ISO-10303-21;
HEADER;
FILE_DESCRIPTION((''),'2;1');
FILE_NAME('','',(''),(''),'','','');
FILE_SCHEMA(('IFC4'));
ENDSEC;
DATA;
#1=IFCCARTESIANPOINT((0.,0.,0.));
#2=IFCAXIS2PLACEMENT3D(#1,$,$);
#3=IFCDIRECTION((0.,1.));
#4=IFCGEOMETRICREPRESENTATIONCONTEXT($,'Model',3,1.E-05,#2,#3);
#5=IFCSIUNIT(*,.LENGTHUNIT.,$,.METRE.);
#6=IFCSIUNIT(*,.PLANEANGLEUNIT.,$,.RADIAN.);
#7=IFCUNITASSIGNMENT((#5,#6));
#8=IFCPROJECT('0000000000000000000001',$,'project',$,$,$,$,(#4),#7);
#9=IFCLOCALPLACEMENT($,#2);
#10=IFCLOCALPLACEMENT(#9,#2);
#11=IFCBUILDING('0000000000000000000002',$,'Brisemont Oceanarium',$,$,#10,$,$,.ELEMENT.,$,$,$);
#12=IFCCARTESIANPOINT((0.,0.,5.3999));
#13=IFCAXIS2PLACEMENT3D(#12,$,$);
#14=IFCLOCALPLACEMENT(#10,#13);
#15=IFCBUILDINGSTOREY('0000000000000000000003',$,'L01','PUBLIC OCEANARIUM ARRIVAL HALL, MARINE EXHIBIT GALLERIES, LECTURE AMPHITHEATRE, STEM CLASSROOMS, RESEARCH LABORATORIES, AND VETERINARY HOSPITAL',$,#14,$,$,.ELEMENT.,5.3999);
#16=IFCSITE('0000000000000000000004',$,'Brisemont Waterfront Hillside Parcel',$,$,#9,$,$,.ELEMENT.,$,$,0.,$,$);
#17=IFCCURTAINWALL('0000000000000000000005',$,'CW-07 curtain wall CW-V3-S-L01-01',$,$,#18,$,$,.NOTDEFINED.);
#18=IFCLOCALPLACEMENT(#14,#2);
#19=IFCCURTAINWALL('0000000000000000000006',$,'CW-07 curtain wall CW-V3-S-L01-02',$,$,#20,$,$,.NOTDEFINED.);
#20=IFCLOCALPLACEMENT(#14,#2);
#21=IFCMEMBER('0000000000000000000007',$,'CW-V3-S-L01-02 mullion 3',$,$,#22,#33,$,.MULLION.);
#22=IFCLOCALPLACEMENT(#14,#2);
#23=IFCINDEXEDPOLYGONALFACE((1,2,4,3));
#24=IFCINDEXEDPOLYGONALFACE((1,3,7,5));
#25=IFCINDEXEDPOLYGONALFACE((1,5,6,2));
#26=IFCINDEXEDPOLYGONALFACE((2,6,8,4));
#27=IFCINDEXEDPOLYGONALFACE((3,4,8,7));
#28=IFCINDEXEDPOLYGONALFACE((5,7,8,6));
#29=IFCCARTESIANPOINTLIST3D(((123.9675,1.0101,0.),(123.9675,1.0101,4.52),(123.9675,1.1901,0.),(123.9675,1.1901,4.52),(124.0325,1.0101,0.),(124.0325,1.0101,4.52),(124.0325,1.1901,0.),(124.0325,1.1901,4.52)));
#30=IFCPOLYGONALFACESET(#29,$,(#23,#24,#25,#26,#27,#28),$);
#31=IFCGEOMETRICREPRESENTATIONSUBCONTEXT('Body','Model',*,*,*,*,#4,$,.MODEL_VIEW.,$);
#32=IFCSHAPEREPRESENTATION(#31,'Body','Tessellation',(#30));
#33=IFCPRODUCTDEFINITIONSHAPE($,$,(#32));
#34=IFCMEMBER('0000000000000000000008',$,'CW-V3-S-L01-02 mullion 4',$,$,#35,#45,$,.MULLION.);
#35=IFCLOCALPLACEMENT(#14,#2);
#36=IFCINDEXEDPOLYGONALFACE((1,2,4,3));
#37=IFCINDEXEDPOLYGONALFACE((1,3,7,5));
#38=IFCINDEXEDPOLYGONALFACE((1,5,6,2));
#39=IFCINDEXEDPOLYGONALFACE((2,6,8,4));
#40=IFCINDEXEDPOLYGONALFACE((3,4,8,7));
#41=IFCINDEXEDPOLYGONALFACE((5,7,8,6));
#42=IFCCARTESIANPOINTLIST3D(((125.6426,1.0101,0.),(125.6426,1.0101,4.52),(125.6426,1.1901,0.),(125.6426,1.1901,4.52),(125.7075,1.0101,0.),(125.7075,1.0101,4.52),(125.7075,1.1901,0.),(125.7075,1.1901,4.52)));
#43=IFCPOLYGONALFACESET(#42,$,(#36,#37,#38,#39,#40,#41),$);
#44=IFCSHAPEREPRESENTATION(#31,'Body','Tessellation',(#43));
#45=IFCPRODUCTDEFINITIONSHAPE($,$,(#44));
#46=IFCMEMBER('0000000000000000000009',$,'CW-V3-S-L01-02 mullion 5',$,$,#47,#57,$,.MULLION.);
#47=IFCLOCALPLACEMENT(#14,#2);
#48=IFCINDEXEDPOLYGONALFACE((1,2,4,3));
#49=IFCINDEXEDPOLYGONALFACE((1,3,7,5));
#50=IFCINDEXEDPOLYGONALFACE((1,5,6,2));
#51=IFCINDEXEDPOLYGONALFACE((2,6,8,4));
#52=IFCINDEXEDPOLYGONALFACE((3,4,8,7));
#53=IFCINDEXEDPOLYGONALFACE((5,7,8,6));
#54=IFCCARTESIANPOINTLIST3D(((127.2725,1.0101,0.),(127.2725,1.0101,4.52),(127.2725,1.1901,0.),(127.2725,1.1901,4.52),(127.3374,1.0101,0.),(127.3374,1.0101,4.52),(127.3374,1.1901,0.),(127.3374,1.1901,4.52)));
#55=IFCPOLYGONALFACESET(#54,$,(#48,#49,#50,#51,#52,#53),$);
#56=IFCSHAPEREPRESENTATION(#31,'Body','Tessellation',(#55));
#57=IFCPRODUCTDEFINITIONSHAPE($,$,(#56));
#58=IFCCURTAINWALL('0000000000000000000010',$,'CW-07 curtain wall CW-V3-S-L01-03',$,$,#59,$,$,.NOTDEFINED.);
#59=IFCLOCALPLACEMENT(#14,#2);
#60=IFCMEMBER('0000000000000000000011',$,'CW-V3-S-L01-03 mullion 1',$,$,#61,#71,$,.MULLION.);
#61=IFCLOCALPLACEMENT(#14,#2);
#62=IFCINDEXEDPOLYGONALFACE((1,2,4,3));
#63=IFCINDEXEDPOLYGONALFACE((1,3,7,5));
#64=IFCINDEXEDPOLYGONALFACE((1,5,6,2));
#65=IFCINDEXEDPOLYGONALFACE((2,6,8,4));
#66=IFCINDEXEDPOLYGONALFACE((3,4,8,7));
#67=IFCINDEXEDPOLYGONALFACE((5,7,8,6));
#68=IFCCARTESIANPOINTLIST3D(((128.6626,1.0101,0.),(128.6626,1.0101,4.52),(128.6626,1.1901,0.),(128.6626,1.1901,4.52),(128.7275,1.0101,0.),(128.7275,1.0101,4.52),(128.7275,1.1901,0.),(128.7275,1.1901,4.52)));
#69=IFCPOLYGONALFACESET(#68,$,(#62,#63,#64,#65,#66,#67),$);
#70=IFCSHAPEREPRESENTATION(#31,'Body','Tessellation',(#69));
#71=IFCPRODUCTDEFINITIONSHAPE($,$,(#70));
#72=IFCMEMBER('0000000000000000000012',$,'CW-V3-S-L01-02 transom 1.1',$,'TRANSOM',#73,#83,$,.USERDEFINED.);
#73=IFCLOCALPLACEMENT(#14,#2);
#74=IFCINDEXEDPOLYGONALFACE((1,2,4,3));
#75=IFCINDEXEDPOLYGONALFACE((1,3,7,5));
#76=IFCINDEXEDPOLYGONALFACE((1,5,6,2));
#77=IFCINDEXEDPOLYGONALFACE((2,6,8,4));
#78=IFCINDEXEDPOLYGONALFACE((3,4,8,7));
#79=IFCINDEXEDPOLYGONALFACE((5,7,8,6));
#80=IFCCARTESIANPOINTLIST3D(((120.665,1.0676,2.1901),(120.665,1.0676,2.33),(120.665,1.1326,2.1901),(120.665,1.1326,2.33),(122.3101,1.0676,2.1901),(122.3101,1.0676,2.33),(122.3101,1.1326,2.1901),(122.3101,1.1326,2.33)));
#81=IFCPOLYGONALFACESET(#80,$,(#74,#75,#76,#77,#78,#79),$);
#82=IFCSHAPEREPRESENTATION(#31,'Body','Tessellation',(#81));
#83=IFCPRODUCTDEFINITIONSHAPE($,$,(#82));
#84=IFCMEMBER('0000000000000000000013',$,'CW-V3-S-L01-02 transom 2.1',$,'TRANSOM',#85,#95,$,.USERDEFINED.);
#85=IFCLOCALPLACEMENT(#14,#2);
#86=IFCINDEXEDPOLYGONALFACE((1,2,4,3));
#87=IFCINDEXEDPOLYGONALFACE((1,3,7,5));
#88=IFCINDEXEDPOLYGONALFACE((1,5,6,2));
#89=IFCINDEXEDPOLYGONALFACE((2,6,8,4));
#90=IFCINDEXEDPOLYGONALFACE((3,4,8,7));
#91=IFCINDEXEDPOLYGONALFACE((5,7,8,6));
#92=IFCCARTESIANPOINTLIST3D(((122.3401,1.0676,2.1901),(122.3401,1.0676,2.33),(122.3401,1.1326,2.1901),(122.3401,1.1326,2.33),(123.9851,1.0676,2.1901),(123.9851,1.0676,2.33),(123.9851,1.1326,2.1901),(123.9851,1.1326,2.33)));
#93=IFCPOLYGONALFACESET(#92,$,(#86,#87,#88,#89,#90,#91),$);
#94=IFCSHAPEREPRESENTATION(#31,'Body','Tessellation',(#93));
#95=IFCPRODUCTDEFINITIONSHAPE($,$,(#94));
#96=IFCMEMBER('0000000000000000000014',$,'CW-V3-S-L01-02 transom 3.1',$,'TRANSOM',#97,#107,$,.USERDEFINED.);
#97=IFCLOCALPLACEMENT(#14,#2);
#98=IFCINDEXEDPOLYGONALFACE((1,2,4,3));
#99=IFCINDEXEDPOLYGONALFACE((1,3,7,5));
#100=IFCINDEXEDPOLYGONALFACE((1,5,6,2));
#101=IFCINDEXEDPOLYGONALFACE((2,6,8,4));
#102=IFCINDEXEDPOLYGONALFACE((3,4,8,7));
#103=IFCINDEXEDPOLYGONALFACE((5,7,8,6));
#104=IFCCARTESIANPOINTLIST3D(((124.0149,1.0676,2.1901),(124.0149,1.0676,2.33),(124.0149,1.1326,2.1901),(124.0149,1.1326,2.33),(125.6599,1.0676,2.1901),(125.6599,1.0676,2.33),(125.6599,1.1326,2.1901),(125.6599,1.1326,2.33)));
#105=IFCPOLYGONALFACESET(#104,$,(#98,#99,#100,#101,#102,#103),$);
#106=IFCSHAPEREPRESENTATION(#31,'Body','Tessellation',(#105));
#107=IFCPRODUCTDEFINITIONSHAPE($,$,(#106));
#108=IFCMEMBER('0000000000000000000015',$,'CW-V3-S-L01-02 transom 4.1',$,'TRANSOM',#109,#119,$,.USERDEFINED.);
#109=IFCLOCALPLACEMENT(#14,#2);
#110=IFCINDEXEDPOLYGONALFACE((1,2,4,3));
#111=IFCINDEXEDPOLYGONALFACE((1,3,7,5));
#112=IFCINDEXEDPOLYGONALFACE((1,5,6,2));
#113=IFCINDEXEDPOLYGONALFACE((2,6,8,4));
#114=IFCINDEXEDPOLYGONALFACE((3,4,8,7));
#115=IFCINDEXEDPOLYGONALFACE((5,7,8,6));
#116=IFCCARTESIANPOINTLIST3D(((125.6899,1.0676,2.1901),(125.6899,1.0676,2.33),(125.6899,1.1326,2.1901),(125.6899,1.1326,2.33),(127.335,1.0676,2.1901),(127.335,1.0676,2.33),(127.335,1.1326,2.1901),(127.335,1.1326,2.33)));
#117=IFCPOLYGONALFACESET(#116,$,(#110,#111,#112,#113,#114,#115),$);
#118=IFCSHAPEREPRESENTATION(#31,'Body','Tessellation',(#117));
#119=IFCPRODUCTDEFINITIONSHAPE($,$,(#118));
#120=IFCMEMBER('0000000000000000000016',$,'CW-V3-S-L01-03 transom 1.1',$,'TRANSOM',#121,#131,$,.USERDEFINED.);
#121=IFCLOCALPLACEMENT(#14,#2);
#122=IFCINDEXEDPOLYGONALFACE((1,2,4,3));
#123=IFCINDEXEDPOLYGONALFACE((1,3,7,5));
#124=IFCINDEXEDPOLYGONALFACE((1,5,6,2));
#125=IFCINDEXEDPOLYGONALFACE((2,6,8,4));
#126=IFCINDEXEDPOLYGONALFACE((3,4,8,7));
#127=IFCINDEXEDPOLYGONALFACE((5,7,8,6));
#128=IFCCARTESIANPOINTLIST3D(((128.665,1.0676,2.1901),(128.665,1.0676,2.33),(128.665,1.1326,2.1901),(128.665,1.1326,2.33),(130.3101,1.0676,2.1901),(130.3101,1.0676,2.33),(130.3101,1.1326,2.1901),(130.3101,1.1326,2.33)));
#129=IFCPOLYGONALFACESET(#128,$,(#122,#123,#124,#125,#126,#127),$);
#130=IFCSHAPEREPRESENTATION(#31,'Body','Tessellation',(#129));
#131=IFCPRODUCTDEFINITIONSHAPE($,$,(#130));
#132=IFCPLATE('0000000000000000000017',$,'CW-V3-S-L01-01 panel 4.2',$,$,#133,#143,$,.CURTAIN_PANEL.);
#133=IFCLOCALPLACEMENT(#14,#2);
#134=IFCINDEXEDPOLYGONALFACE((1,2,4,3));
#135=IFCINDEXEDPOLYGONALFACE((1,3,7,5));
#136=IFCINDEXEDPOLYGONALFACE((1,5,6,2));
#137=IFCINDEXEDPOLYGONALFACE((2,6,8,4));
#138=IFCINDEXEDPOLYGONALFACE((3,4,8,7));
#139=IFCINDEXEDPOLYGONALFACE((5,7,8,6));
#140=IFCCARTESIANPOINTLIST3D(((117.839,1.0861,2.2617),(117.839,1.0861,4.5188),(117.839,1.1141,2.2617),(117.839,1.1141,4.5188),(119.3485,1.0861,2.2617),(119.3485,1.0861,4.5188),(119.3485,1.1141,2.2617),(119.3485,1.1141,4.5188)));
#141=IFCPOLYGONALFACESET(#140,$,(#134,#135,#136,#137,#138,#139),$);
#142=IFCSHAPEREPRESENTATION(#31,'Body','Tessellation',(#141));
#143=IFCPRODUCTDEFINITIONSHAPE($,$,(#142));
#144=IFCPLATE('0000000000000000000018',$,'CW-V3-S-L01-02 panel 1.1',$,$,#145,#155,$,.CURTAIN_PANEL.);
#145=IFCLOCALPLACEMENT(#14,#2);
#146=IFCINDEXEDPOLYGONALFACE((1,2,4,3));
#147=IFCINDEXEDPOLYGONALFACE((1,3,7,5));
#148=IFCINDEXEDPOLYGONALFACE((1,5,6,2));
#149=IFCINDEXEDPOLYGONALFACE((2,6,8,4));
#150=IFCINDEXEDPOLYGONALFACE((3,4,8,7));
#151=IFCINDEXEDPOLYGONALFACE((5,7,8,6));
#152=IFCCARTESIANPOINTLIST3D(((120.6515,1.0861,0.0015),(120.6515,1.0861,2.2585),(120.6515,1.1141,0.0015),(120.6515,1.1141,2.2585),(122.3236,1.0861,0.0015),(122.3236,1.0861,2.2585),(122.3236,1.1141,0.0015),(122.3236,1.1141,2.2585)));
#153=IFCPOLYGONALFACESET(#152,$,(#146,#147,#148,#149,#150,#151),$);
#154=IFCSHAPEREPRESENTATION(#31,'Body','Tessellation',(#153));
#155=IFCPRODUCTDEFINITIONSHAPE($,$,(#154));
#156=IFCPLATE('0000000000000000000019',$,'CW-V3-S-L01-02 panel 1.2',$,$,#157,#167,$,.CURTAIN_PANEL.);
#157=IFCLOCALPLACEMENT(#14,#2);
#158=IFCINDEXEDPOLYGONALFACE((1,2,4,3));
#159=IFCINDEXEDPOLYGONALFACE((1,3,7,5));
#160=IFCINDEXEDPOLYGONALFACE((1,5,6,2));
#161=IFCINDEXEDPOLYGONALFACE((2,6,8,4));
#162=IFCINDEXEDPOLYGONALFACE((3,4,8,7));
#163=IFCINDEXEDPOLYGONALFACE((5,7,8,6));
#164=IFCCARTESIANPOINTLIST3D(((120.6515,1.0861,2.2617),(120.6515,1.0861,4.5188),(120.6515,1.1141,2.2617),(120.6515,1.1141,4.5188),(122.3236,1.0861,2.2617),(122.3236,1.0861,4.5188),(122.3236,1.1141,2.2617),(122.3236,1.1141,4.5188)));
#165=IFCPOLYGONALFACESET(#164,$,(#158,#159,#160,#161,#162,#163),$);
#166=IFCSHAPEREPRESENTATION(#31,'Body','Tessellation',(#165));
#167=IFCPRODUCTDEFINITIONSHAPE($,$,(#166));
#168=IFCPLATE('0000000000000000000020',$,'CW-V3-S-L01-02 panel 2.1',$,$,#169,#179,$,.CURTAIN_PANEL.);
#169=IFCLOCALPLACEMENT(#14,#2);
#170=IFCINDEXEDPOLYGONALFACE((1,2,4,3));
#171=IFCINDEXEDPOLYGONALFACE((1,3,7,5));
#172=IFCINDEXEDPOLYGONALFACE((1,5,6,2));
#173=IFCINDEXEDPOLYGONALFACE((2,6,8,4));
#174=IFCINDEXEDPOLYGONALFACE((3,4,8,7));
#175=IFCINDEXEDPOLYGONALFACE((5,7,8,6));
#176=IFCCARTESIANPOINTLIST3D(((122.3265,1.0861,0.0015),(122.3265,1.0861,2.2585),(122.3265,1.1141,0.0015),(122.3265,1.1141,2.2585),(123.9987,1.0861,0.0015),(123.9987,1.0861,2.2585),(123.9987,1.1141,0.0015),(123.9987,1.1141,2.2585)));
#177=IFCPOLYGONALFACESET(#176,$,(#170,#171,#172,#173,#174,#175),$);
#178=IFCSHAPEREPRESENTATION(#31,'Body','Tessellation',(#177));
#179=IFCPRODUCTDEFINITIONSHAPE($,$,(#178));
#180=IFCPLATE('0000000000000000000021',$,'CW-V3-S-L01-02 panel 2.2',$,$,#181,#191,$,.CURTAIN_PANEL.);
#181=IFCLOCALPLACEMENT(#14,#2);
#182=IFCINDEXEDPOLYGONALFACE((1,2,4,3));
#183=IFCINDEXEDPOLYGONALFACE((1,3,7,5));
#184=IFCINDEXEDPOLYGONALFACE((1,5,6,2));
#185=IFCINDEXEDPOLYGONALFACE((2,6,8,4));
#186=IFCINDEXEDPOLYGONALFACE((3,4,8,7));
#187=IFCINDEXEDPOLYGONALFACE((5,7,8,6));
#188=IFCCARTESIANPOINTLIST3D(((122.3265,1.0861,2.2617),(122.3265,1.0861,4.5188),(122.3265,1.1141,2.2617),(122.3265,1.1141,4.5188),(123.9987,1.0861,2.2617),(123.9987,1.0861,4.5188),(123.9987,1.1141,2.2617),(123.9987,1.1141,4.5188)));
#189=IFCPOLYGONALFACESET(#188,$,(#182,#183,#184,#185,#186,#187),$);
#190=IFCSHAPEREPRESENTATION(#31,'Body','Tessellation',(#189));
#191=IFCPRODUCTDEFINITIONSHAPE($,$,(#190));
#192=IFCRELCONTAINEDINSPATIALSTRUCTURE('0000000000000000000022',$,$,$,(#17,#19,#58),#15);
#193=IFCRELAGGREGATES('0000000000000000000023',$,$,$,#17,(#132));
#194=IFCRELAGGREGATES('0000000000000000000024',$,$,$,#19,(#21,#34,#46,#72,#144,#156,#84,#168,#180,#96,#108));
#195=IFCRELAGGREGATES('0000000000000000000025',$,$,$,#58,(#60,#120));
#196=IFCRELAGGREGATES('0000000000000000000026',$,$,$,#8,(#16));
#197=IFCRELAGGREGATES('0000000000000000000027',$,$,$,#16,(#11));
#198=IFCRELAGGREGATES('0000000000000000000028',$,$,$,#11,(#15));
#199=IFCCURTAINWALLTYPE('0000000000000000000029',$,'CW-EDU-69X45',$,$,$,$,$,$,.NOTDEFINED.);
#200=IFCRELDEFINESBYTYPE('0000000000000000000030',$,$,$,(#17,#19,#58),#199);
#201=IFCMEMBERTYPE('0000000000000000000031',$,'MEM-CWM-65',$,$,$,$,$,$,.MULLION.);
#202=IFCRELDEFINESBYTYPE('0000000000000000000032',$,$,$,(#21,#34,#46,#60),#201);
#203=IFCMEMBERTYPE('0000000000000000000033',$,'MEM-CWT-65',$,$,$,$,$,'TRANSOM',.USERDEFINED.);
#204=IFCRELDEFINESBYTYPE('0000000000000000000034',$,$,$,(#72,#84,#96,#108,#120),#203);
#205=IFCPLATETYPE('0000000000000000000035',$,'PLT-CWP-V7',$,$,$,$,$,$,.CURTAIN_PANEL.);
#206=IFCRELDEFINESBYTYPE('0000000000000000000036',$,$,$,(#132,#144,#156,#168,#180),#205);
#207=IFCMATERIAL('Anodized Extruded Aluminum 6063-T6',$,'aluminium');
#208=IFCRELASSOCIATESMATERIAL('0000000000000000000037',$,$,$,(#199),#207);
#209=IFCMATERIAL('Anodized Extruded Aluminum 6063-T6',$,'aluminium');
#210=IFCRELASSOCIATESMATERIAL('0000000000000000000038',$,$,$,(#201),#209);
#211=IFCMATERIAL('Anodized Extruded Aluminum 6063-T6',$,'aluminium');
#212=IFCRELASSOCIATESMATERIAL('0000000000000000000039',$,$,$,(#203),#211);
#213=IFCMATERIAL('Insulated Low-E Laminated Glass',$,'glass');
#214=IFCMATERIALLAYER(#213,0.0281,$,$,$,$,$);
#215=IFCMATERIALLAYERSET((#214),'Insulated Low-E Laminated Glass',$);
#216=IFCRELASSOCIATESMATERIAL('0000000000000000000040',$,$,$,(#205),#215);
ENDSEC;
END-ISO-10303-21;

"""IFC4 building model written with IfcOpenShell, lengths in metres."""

from ifc_helpers import new_model, si_unit, direction, frame, origin, origin_2d, place, context, subcontext, project, spatial, rectangle, extrude, material, layer, layer_set, material_profile, profile_set, type_object, element, aggregate, save


model = new_model("IFC4")

# Units and contexts
model_context = context("Model", 3, precision=1e-05, world=origin(), true_north=direction((0.0, 1.0)))
body_context = subcontext(model_context, "Body", "Model", "MODEL_VIEW")
ifc_project = project(units=[si_unit("LENGTHUNIT", "METRE"), si_unit("PLANEANGLEUNIT", "RADIAN")], contexts=[model_context])

# Site, building, storey
site_placement = place(None, origin())
site = spatial("IfcSite", under=ifc_project, at=site_placement, Name="Brisemont Waterfront Hillside Parcel", CompositionType="ELEMENT", RefElevation=0.0)
building_placement = place(site_placement, origin())
building = spatial("IfcBuilding", under=site, at=building_placement, Name="Brisemont Oceanarium", CompositionType="ELEMENT")
storey_placement = place(building_placement, frame((0.0, 0.0, 5.3999)))
storey = spatial("IfcBuildingStorey", under=building, at=storey_placement, Name="L01", Description="PUBLIC OCEANARIUM ARRIVAL HALL, MARINE EXHIBIT GALLERIES, LECTURE AMPHITHEATRE, STEM CLASSROOMS, RESEARCH LABORATORIES, AND VETERINARY HOSPITAL", CompositionType="ELEMENT", Elevation=5.3999)

# Curtain wall
ifc_material_1 = material(Name="Anodized Extruded Aluminum 6063-T6", Category="aluminium")
curtain_wall_type = type_object("IfcCurtainWallType", Name="CW-EDU-69X45", PredefinedType="NOTDEFINED", material=ifc_material_1)
curtain_wall_1_placement = place(storey_placement, origin())
curtain_wall_1 = element("IfcCurtainWall", 1, at=curtain_wall_1_placement, inside=storey, type_object=curtain_wall_type, Name="CW-07 curtain wall CW-V3-S-L01-01", PredefinedType="NOTDEFINED")
ifc_material_2 = material(Name="Anodized Extruded Aluminum 6063-T6", Category="aluminium")
ifc_material_profile_1 = material_profile(ifc_material_2, rectangle(XDim=0.0649, YDim=0.1799, at=origin_2d()), Name="CWM-65X180")
ifc_profile_set_1 = profile_set([ifc_material_profile_1], Name="Anodized Extruded Aluminum 6063-T6")
member_type_1 = type_object("IfcMemberType", Name="MEM-CWM-65", PredefinedType="MULLION", material=ifc_profile_set_1)

# Curtain wall, members
curtain_wall_2_placement = place(storey_placement, origin())
curtain_wall_2 = element("IfcCurtainWall", 2, at=curtain_wall_2_placement, inside=storey, type_object=curtain_wall_type, Name="CW-07 curtain wall CW-V3-S-L01-02", PredefinedType="NOTDEFINED")
member_1_placement = place(storey_placement, frame((124.0, 1.1001, 0.0), z_axis=(0.0, 0.0, 1.0), x_axis=(1.0, 0.0, 0.0)))
member_1 = element("IfcMember", 3, at=member_1_placement, type_object=member_type_1, Name="CW-V3-S-L01-02 mullion 3", PredefinedType="MULLION", context=body_context, shape_type="SweptSolid", body=[
    extrude(rectangle(XDim=0.0649, YDim=0.1799, at=origin_2d()), origin(), (0.0, 0.0, 1.0), 4.52),
])
member_2_placement = place(storey_placement, frame((125.675, 1.1001, 0.0), z_axis=(0.0, 0.0, 1.0), x_axis=(1.0, 0.0, 0.0)))
member_2 = element("IfcMember", 4, at=member_2_placement, type_object=member_type_1, Name="CW-V3-S-L01-02 mullion 4", PredefinedType="MULLION", context=body_context, shape_type="SweptSolid", body=[
    extrude(rectangle(XDim=0.0649, YDim=0.1799, at=origin_2d()), origin(), (0.0, 0.0, 1.0), 4.52),
])
member_3_placement = place(storey_placement, frame((127.3049, 1.1001, 0.0), z_axis=(0.0, 0.0, 1.0), x_axis=(1.0, 0.0, 0.0)))
member_3 = element("IfcMember", 5, at=member_3_placement, type_object=member_type_1, Name="CW-V3-S-L01-02 mullion 5", PredefinedType="MULLION", context=body_context, shape_type="SweptSolid", body=[
    extrude(rectangle(XDim=0.0649, YDim=0.1799, at=origin_2d()), origin(), (0.0, 0.0, 1.0), 4.52),
])

# Curtain wall, member
curtain_wall_3_placement = place(storey_placement, origin())
curtain_wall_3 = element("IfcCurtainWall", 6, at=curtain_wall_3_placement, inside=storey, type_object=curtain_wall_type, Name="CW-07 curtain wall CW-V3-S-L01-03", PredefinedType="NOTDEFINED")
member_4_placement = place(storey_placement, frame((128.6951, 1.1001, 0.0), z_axis=(0.0, 0.0, 1.0), x_axis=(1.0, 0.0, 0.0)))
member_4 = element("IfcMember", 7, at=member_4_placement, type_object=member_type_1, Name="CW-V3-S-L01-03 mullion 1", PredefinedType="MULLION", context=body_context, shape_type="SweptSolid", body=[
    extrude(rectangle(XDim=0.0649, YDim=0.1799, at=origin_2d()), origin(), (0.0, 0.0, 1.0), 4.52),
])

# Members
ifc_material_3 = material(Name="Anodized Extruded Aluminum 6063-T6", Category="aluminium")
ifc_material_profile_2 = material_profile(ifc_material_3, rectangle(XDim=0.0649, YDim=0.1399, at=origin_2d()), Name="CWT-65X140")
ifc_profile_set_2 = profile_set([ifc_material_profile_2], Name="Anodized Extruded Aluminum 6063-T6")
member_type_2 = type_object("IfcMemberType", Name="MEM-CWT-65", ElementType="TRANSOM", PredefinedType="USERDEFINED", material=ifc_profile_set_2)
member_5_placement = place(storey_placement, frame((120.665, 1.1001, 2.26), z_axis=(1.0, 0.0, 0.0), x_axis=(0.0, 1.0, 0.0)))
member_5 = element("IfcMember", 8, at=member_5_placement, type_object=member_type_2, Name="CW-V3-S-L01-02 transom 1.1", ObjectType="TRANSOM", PredefinedType="USERDEFINED", context=body_context, shape_type="SweptSolid", body=[
    extrude(rectangle(XDim=0.0649, YDim=0.1399, at=origin_2d()), origin(), (0.0, 0.0, 1.0), 1.645),
])
member_6_placement = place(storey_placement, frame((122.3401, 1.1001, 2.26), z_axis=(1.0, 0.0, 0.0), x_axis=(0.0, 1.0, 0.0)))
member_6 = element("IfcMember", 9, at=member_6_placement, type_object=member_type_2, Name="CW-V3-S-L01-02 transom 2.1", ObjectType="TRANSOM", PredefinedType="USERDEFINED", context=body_context, shape_type="SweptSolid", body=[
    extrude(rectangle(XDim=0.0649, YDim=0.1399, at=origin_2d()), origin(), (0.0, 0.0, 1.0), 1.645),
])
member_7_placement = place(storey_placement, frame((124.0149, 1.1001, 2.26), z_axis=(1.0, 0.0, 0.0), x_axis=(0.0, 1.0, 0.0)))
member_7 = element("IfcMember", 10, at=member_7_placement, type_object=member_type_2, Name="CW-V3-S-L01-02 transom 3.1", ObjectType="TRANSOM", PredefinedType="USERDEFINED", context=body_context, shape_type="SweptSolid", body=[
    extrude(rectangle(XDim=0.0649, YDim=0.1399, at=origin_2d()), origin(), (0.0, 0.0, 1.0), 1.645),
])
member_8_placement = place(storey_placement, frame((125.6899, 1.1001, 2.26), z_axis=(1.0, 0.0, 0.0), x_axis=(0.0, 1.0, 0.0)))
member_8 = element("IfcMember", 11, at=member_8_placement, type_object=member_type_2, Name="CW-V3-S-L01-02 transom 4.1", ObjectType="TRANSOM", PredefinedType="USERDEFINED", context=body_context, shape_type="SweptSolid", body=[
    extrude(rectangle(XDim=0.0649, YDim=0.1399, at=origin_2d()), origin(), (0.0, 0.0, 1.0), 1.645),
])
member_9_placement = place(storey_placement, frame((128.665, 1.1001, 2.26), z_axis=(1.0, 0.0, 0.0), x_axis=(0.0, 1.0, 0.0)))
member_9 = element("IfcMember", 12, at=member_9_placement, type_object=member_type_2, Name="CW-V3-S-L01-03 transom 1.1", ObjectType="TRANSOM", PredefinedType="USERDEFINED", context=body_context, shape_type="SweptSolid", body=[
    extrude(rectangle(XDim=0.0649, YDim=0.1399, at=origin_2d()), origin(), (0.0, 0.0, 1.0), 1.645),
])

# Plates
ifc_material_4 = material(Name="Insulated Low-E Laminated Glass", Category="glass")
ifc_layer_1 = layer(ifc_material_4, 0.0281)
ifc_layer_set_1 = layer_set([ifc_layer_1], Name="Insulated Low-E Laminated Glass")
plate_type = type_object("IfcPlateType", Name="PLT-CWP-V7", PredefinedType="CURTAIN_PANEL", material=ifc_layer_set_1)
plate_1_placement = place(storey_placement, frame((118.5938, 1.1001, 2.2617), z_axis=(0.0, 0.0, 1.0), x_axis=(1.0, 0.0, 0.0)))
plate_1 = element("IfcPlate", 13, at=plate_1_placement, type_object=plate_type, Name="CW-V3-S-L01-01 panel 4.2", PredefinedType="CURTAIN_PANEL", context=body_context, shape_type="SweptSolid", body=[
    extrude(rectangle(XDim=1.5095, YDim=0.0281, at=origin_2d()), origin(), (0.0, 0.0, 1.0), 2.2571),
])
aggregate(curtain_wall_1, [plate_1])
plate_2_placement = place(storey_placement, frame((121.4875, 1.1001, 0.0015), z_axis=(0.0, 0.0, 1.0), x_axis=(1.0, 0.0, 0.0)))
plate_2 = element("IfcPlate", 14, at=plate_2_placement, type_object=plate_type, Name="CW-V3-S-L01-02 panel 1.1", PredefinedType="CURTAIN_PANEL", context=body_context, shape_type="SweptSolid", body=[
    extrude(rectangle(XDim=1.6721, YDim=0.0281, at=origin_2d()), origin(), (0.0, 0.0, 1.0), 2.2571),
])
plate_3_placement = place(storey_placement, frame((121.4875, 1.1001, 2.2617), z_axis=(0.0, 0.0, 1.0), x_axis=(1.0, 0.0, 0.0)))
plate_3 = element("IfcPlate", 15, at=plate_3_placement, type_object=plate_type, Name="CW-V3-S-L01-02 panel 1.2", PredefinedType="CURTAIN_PANEL", context=body_context, shape_type="SweptSolid", body=[
    extrude(rectangle(XDim=1.6721, YDim=0.0281, at=origin_2d()), origin(), (0.0, 0.0, 1.0), 2.2571),
])
plate_4_placement = place(storey_placement, frame((123.1626, 1.1001, 0.0015), z_axis=(0.0, 0.0, 1.0), x_axis=(1.0, 0.0, 0.0)))
plate_4 = element("IfcPlate", 16, at=plate_4_placement, type_object=plate_type, Name="CW-V3-S-L01-02 panel 2.1", PredefinedType="CURTAIN_PANEL", context=body_context, shape_type="SweptSolid", body=[
    extrude(rectangle(XDim=1.6721, YDim=0.0281, at=origin_2d()), origin(), (0.0, 0.0, 1.0), 2.2571),
])
plate_5_placement = place(storey_placement, frame((123.1626, 1.1001, 2.2617), z_axis=(0.0, 0.0, 1.0), x_axis=(1.0, 0.0, 0.0)))
plate_5 = element("IfcPlate", 17, at=plate_5_placement, type_object=plate_type, Name="CW-V3-S-L01-02 panel 2.2", PredefinedType="CURTAIN_PANEL", context=body_context, shape_type="SweptSolid", body=[
    extrude(rectangle(XDim=1.6721, YDim=0.0281, at=origin_2d()), origin(), (0.0, 0.0, 1.0), 2.2571),
])
aggregate(curtain_wall_2, [member_1, member_2, member_3, member_5, plate_2, plate_3, member_6, plate_4, plate_5, member_7, member_8])
aggregate(curtain_wall_3, [member_4, member_9])

save(model, "model.ifc")
